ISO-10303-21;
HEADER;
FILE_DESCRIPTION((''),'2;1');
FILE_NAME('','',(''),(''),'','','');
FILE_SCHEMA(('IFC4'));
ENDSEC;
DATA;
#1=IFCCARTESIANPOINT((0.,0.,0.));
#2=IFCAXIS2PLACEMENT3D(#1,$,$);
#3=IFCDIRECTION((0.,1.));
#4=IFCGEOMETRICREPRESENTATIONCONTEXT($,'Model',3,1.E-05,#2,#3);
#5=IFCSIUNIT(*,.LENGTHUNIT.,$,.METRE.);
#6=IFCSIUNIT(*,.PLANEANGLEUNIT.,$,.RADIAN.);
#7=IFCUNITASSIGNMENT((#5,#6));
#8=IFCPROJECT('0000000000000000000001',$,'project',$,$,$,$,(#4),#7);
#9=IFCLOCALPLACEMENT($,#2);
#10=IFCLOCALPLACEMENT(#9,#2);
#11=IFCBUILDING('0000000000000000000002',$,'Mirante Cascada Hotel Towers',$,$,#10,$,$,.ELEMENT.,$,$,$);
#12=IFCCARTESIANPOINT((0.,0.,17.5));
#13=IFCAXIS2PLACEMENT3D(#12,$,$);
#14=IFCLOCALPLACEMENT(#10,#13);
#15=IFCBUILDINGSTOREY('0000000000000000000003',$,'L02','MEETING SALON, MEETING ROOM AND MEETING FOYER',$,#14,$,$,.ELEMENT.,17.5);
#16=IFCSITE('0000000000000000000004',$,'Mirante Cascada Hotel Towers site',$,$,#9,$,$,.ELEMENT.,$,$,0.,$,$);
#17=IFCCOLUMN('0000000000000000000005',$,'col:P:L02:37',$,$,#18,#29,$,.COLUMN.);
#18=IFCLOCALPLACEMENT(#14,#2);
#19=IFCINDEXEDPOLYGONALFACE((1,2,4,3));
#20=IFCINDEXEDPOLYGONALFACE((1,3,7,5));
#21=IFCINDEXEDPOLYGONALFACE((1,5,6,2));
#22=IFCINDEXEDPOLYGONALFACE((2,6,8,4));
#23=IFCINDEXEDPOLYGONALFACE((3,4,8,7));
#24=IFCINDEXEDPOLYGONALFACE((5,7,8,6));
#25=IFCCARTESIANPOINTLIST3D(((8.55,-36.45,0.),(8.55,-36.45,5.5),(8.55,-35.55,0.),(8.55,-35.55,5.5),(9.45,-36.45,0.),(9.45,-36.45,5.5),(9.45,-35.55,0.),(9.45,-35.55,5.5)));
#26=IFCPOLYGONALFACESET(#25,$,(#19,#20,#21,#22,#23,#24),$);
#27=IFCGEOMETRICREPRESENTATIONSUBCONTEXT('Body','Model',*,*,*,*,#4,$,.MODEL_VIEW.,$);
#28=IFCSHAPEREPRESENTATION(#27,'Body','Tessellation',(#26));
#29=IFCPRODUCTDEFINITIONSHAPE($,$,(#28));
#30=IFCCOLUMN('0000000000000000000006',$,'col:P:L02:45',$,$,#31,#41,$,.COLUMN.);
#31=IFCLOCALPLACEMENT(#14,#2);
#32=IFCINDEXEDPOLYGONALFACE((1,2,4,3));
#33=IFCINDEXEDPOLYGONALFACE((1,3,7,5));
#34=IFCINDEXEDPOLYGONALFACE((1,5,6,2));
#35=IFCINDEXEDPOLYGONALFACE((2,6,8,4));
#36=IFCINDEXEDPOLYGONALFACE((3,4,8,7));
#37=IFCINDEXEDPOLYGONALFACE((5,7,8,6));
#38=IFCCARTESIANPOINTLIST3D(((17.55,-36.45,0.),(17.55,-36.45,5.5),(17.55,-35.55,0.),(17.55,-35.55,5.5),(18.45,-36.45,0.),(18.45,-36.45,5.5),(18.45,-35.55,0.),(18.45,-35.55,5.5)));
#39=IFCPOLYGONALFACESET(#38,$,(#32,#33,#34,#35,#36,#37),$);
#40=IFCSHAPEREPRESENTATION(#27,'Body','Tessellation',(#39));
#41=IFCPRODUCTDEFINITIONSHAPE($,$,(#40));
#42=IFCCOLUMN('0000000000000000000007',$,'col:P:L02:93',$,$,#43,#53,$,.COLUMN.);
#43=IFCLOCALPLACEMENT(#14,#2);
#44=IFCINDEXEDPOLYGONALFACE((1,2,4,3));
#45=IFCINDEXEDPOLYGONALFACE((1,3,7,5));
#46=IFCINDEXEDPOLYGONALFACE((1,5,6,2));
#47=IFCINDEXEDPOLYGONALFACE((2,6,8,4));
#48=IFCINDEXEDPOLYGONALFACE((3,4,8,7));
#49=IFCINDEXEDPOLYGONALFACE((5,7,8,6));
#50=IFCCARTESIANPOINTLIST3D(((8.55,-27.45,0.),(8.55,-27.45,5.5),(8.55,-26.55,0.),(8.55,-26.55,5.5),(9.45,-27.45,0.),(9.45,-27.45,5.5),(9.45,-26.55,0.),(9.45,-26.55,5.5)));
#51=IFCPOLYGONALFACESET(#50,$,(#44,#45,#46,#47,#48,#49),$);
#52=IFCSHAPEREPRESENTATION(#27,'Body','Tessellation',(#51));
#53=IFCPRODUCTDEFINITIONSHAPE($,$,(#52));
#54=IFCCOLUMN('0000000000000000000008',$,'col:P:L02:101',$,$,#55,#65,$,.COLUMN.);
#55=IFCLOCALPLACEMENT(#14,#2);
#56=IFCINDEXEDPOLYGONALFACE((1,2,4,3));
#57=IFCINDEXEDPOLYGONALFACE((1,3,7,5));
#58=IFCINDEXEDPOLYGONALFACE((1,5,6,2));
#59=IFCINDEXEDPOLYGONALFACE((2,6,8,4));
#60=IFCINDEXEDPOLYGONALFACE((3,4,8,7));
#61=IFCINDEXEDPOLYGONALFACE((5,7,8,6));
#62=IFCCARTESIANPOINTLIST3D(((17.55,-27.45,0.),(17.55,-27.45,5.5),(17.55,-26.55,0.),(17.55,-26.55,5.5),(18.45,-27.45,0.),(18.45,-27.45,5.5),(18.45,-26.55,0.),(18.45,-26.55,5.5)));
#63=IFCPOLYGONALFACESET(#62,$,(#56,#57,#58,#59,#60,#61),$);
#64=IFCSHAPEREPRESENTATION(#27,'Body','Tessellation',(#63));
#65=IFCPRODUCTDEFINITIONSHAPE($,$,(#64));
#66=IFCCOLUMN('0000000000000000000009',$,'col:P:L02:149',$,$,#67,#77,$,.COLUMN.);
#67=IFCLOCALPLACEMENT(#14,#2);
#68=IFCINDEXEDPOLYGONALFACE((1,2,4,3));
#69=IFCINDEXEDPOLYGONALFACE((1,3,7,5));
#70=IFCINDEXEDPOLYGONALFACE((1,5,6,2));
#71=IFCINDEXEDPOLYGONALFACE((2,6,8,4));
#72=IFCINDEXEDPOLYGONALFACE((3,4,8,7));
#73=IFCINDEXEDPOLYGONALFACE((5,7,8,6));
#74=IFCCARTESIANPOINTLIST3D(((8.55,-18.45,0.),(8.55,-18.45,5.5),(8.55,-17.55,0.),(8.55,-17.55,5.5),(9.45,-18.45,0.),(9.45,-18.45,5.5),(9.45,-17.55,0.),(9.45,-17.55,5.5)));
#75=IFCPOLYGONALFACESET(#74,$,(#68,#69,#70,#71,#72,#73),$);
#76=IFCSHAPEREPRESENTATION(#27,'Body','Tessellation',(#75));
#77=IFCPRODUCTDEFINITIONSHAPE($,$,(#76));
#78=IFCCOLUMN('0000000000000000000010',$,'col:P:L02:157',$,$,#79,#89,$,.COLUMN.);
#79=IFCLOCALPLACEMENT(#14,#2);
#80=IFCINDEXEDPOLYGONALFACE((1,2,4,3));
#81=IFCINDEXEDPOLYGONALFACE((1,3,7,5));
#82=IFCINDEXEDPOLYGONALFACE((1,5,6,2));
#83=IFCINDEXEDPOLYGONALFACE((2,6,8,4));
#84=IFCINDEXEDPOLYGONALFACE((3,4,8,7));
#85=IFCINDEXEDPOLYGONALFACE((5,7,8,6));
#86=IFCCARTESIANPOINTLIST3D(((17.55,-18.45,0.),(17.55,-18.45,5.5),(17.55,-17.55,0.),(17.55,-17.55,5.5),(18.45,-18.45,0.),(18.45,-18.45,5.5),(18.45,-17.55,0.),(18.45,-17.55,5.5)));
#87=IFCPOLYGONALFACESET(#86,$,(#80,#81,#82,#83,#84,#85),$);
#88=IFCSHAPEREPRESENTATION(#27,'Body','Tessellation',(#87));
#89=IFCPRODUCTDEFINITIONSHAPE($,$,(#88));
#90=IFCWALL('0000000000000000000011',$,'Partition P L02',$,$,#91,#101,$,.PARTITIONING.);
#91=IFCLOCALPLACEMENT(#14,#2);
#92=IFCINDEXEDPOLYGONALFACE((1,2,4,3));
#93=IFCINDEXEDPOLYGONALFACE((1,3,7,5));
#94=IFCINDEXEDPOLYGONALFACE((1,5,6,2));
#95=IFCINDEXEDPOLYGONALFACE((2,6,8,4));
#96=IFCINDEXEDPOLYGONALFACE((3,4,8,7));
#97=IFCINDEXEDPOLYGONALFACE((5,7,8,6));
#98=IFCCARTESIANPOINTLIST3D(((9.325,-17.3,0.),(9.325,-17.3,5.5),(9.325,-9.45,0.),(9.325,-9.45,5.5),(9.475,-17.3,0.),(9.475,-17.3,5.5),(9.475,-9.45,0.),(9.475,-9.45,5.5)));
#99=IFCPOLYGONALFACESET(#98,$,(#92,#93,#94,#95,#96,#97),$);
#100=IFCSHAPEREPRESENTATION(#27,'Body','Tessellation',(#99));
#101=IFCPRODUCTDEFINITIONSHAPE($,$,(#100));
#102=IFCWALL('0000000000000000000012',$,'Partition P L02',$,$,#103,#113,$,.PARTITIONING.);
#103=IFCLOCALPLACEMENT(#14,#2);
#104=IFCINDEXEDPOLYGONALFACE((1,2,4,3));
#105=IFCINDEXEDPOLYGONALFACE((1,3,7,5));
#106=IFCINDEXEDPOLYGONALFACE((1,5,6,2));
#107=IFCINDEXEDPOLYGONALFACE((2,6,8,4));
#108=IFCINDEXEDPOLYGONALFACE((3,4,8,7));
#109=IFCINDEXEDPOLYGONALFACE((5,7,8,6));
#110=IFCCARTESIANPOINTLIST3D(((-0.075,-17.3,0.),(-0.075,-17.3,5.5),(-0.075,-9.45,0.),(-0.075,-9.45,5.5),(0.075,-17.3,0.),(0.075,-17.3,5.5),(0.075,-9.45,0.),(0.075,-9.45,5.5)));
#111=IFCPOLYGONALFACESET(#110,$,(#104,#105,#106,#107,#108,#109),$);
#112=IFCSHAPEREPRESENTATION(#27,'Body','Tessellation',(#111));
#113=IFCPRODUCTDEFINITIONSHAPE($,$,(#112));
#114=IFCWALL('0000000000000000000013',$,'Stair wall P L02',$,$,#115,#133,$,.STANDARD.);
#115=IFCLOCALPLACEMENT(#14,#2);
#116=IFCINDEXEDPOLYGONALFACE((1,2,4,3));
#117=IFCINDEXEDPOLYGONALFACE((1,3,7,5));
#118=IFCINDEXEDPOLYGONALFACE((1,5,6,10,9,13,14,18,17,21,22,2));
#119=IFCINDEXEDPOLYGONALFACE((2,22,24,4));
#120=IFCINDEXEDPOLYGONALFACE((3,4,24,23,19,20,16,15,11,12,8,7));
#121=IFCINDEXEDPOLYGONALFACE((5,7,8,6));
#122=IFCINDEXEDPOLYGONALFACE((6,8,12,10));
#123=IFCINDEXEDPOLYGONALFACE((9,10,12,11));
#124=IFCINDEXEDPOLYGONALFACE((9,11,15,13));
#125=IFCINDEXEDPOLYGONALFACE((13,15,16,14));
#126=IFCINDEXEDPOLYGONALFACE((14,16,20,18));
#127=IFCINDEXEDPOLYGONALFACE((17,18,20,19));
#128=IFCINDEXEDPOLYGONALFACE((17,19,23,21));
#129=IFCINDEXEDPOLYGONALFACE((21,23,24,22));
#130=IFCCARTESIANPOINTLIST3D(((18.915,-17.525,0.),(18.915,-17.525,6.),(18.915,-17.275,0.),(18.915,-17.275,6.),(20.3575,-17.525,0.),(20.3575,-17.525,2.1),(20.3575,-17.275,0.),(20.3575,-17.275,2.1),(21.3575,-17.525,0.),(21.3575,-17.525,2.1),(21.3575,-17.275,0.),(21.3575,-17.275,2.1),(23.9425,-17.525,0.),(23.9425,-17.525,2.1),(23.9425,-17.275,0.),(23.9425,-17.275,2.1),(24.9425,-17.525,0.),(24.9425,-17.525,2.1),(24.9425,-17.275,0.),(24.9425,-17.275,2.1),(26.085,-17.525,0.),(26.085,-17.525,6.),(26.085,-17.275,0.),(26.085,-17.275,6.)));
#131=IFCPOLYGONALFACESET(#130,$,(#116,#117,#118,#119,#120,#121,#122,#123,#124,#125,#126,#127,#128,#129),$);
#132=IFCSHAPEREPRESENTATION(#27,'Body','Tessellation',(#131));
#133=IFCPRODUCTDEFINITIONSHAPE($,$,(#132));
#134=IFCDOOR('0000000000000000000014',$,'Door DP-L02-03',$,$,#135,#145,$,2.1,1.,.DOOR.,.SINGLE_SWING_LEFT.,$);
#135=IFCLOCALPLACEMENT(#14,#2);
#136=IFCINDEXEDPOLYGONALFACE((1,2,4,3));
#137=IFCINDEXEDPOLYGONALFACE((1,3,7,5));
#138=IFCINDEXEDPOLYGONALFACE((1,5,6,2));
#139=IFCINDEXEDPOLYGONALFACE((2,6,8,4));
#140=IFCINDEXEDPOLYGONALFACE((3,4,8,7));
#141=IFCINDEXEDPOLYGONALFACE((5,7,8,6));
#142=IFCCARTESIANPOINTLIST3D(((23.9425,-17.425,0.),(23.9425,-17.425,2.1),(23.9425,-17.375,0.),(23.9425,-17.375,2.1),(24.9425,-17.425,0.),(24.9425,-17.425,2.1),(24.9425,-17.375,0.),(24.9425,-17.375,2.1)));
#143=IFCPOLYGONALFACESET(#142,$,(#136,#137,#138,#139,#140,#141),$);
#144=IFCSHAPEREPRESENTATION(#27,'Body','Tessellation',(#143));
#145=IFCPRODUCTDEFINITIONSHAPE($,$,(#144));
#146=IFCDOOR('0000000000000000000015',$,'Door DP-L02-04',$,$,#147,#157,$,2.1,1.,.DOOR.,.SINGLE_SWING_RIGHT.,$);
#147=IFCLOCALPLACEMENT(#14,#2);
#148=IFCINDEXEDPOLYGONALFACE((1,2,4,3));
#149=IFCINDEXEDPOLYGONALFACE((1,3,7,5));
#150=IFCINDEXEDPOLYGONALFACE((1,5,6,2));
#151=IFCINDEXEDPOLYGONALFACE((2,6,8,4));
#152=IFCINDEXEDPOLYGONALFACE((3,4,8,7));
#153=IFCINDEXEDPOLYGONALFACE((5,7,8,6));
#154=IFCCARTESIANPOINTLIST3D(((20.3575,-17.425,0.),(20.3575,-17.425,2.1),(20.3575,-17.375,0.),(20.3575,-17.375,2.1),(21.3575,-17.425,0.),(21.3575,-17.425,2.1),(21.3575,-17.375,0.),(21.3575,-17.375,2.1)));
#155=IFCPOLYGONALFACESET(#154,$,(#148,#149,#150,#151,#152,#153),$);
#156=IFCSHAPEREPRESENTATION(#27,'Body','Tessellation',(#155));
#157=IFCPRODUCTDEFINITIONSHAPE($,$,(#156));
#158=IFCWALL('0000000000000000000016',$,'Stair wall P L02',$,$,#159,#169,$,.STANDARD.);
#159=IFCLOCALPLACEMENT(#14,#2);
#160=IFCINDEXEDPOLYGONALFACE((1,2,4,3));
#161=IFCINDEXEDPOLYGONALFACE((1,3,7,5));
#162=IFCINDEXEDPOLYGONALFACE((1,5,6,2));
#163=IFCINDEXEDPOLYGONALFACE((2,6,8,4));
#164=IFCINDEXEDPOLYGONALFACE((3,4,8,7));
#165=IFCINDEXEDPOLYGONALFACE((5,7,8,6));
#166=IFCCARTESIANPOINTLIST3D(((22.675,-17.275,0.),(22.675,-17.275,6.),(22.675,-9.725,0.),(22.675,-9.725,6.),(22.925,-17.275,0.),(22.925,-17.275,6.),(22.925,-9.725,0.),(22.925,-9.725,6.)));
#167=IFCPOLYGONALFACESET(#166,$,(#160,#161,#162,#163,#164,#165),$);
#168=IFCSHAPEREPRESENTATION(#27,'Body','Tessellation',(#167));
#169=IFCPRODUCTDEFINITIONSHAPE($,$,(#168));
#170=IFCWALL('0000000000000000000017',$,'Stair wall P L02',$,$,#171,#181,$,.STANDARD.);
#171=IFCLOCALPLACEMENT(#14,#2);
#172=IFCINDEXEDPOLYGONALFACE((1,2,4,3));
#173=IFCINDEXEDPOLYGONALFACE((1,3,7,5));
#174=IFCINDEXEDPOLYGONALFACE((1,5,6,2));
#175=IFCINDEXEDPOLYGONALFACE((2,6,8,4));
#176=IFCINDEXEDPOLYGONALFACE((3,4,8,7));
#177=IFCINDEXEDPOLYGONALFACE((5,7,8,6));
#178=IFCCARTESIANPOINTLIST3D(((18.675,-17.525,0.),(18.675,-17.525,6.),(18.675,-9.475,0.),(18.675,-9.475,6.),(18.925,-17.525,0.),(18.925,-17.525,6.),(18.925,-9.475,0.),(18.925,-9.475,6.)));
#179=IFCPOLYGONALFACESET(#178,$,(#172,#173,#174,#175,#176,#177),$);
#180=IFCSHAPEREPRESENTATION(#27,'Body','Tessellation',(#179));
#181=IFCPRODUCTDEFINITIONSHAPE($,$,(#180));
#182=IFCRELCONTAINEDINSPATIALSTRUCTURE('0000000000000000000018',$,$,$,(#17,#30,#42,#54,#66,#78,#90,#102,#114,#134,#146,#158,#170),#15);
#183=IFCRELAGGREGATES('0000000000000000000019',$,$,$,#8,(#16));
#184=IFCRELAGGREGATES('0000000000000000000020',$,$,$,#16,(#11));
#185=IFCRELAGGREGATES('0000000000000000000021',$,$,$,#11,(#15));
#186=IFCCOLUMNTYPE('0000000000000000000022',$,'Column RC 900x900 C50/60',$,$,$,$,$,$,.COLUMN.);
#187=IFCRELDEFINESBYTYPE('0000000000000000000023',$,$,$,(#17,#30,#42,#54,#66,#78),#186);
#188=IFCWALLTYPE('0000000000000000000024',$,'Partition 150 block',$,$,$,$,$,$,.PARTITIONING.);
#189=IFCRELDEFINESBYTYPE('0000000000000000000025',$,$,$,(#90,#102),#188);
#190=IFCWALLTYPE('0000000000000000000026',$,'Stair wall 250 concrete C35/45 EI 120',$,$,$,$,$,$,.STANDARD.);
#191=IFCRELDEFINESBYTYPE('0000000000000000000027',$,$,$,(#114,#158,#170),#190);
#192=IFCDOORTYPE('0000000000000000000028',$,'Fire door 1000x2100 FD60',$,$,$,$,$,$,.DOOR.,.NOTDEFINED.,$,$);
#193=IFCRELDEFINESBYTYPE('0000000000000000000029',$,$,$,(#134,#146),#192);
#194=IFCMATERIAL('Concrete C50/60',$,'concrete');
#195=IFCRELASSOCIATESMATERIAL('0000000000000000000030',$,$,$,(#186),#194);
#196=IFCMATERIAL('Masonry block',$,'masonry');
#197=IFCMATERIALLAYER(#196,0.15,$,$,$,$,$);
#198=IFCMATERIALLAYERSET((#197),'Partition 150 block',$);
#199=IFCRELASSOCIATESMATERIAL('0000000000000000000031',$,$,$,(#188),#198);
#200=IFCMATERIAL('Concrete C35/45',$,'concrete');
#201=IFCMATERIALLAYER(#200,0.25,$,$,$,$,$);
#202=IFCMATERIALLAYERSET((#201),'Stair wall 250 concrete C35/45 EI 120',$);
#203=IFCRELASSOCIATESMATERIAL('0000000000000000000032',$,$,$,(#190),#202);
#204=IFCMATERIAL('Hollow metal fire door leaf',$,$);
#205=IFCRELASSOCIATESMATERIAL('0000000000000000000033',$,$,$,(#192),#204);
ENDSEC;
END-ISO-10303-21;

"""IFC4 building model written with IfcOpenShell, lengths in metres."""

from ifc_helpers import new_model, si_unit, direction, frame, frame_2d, origin, origin_2d, place, context, subcontext, project, spatial, rectangle, extrude, material, layer, layer_set, material_profile, profile_set, type_object, element, fill, save


model = new_model("IFC4")

# Units and contexts
model_context = context("Model", 3, precision=1e-05, world=origin(), true_north=direction((0.0, 1.0)))
body_context = subcontext(model_context, "Body", "Model", "MODEL_VIEW")
ifc_project = project(units=[si_unit("LENGTHUNIT", "METRE"), si_unit("PLANEANGLEUNIT", "RADIAN")], contexts=[model_context])

# Site, building, storey
site_placement = place(None, origin())
site = spatial("IfcSite", under=ifc_project, at=site_placement, Name="Mirante Cascada Hotel Towers site", CompositionType="ELEMENT", RefElevation=0.0)
building_placement = place(site_placement, origin())
building = spatial("IfcBuilding", under=site, at=building_placement, Name="Mirante Cascada Hotel Towers", CompositionType="ELEMENT")
storey_placement = place(building_placement, frame((0.0, 0.0, 17.5)))
storey = spatial("IfcBuildingStorey", under=building, at=storey_placement, Name="L02", Description="MEETING SALON, MEETING ROOM AND MEETING FOYER", CompositionType="ELEMENT", Elevation=17.5)

# Columns
ifc_material_1 = material(Name="Concrete C50/60", Category="concrete")
ifc_material_profile = material_profile(ifc_material_1, rectangle(XDim=0.9, YDim=0.9, at=origin_2d()), Name="RC 900x900")
ifc_profile_set = profile_set([ifc_material_profile], Name="Concrete C50/60")
column_type = type_object("IfcColumnType", Name="Column RC 900x900 C50/60", PredefinedType="COLUMN", material=ifc_profile_set)
for number, where, z_axis, x_axis, name in (
    (1, (9.0, -36.0, 0.0), (0.0, 0.0, 1.0), (1.0, 0.0, 0.0), "col:P:L02:37"),
    (2, (18.0, -36.0, 0.0), (0.0, 0.0, 1.0), (1.0, 0.0, 0.0), "col:P:L02:45"),
    (3, (9.0, -27.0, 0.0), (0.0, 0.0, 1.0), (1.0, 0.0, 0.0), "col:P:L02:93"),
    (4, (18.0, -27.0, 0.0), (0.0, 0.0, 1.0), (1.0, 0.0, 0.0), "col:P:L02:101"),
    (5, (9.0, -18.0, 0.0), (0.0, 0.0, 1.0), (1.0, 0.0, 0.0), "col:P:L02:149"),
    (6, (18.0, -18.0, 0.0), (0.0, 0.0, 1.0), (1.0, 0.0, 0.0), "col:P:L02:157"),
):
    element("IfcColumn", number, at=place(storey_placement, frame(where, z_axis=z_axis, x_axis=x_axis)), inside=storey, type_object=column_type, Name=name, PredefinedType="COLUMN", context=body_context, shape_type="SweptSolid", body=[
        extrude(rectangle(XDim=0.9, YDim=0.9, at=origin_2d()), origin(), (0.0, 0.0, 1.0), 5.5),
    ])

# Walls
ifc_material_2 = material(Name="Masonry block", Category="masonry")
ifc_layer_1 = layer(ifc_material_2, 0.15)
ifc_layer_set_1 = layer_set([ifc_layer_1], Name="Partition 150 block")
wall_type_1 = type_object("IfcWallType", Name="Partition 150 block", PredefinedType="PARTITIONING", material=ifc_layer_set_1)
for number, where, z_axis, x_axis, name in (
    (7, (9.4, -17.3, 0.0), (0.0, 0.0, 1.0), (0.0, 1.0, 0.0), "Partition P L02"),
    (8, (0.0, -17.3, 0.0), (0.0, 0.0, 1.0), (0.0, 1.0, 0.0), "Partition P L02"),
):
    element("IfcWall", number, at=place(storey_placement, frame(where, z_axis=z_axis, x_axis=x_axis)), inside=storey, type_object=wall_type_1, Name=name, PredefinedType="PARTITIONING", context=body_context, shape_type="SweptSolid", body=[
        extrude(rectangle(XDim=7.85, YDim=0.15, at=frame_2d((3.925, 0.0))), origin(), (0.0, 0.0, 1.0), 5.5),
    ])

# Wall, openings, doors
ifc_material_3 = material(Name="Concrete C35/45", Category="concrete")
ifc_layer_2 = layer(ifc_material_3, 0.25)
ifc_layer_set_2 = layer_set([ifc_layer_2], Name="Stair wall 250 concrete C35/45 EI 120")
wall_type_2 = type_object("IfcWallType", Name="Stair wall 250 concrete C35/45 EI 120", PredefinedType="STANDARD", material=ifc_layer_set_2)
wall_1_placement = place(storey_placement, frame((18.915, -17.4, 0.0), z_axis=(0.0, 0.0, 1.0), x_axis=(1.0, 0.0, 0.0)))
wall_1 = element("IfcWall", 9, at=wall_1_placement, inside=storey, type_object=wall_type_2, Name="Stair wall P L02", PredefinedType="STANDARD", context=body_context, shape_type="SweptSolid", body=[
    extrude(rectangle(XDim=7.17, YDim=0.25, at=frame_2d((3.585, 0.0))), origin(), (0.0, 0.0, 1.0), 6.0),
])
opening_1_placement = place(wall_1_placement, frame((5.0275, 0.0, 0.0)))
opening_1 = element("IfcOpeningElement", 10, at=opening_1_placement, cuts=wall_1, PredefinedType="OPENING", context=body_context, shape_type="SweptSolid", body=[
    extrude(rectangle(XDim=1.0, YDim=2.1, at=frame_2d((0.5, 1.05))), frame((0.0, 0.125, 0.0), z_axis=(0.0, -1.0, 0.0), x_axis=(1.0, 0.0, 0.0)), (0.0, 0.0, 1.0), 0.25),
])
opening_2_placement = place(wall_1_placement, frame((1.4425, 0.0, 0.0)))
opening_2 = element("IfcOpeningElement", 11, at=opening_2_placement, cuts=wall_1, PredefinedType="OPENING", context=body_context, shape_type="SweptSolid", body=[
    extrude(rectangle(XDim=1.0, YDim=2.1, at=frame_2d((0.5, 1.05))), frame((0.0, 0.125, 0.0), z_axis=(0.0, -1.0, 0.0), x_axis=(1.0, 0.0, 0.0)), (0.0, 0.0, 1.0), 0.25),
])
ifc_material_4 = material(Name="Hollow metal fire door leaf")
door_type_1 = type_object("IfcDoorType", Name="Fire door 1000x2100 FD60", OperationType="NOTDEFINED", PredefinedType="DOOR", material=ifc_material_4)
door_1_placement = place(opening_1_placement, origin())
door_1 = element("IfcDoor", 12, at=door_1_placement, inside=storey, type_object=door_type_1, Name="Door DP-L02-03", OperationType="SINGLE_SWING_LEFT", OverallHeight=2.1, OverallWidth=1.0, PredefinedType="DOOR", context=body_context, shape_type="SweptSolid", body=[
    extrude(rectangle(XDim=1.0, YDim=2.1, at=frame_2d((0.5, 1.05))), frame((0.0, 0.025, 0.0), z_axis=(0.0, -1.0, 0.0), x_axis=(1.0, 0.0, 0.0)), (0.0, 0.0, 1.0), 0.05),
])
fill(opening_1, door_1)
door_2_placement = place(opening_2_placement, origin())
door_2 = element("IfcDoor", 13, at=door_2_placement, inside=storey, type_object=door_type_1, Name="Door DP-L02-04", OperationType="SINGLE_SWING_RIGHT", OverallHeight=2.1, OverallWidth=1.0, PredefinedType="DOOR", context=body_context, shape_type="SweptSolid", body=[
    extrude(rectangle(XDim=1.0, YDim=2.1, at=frame_2d((0.5, 1.05))), frame((0.0, 0.025, 0.0), z_axis=(0.0, -1.0, 0.0), x_axis=(1.0, 0.0, 0.0)), (0.0, 0.0, 1.0), 0.05),
])
fill(opening_2, door_2)

# Walls
wall_2_placement = place(storey_placement, frame((22.8, -17.275, 0.0), z_axis=(0.0, 0.0, 1.0), x_axis=(0.0, 1.0, 0.0)))
element("IfcWall", 14, at=wall_2_placement, inside=storey, type_object=wall_type_2, Name="Stair wall P L02", PredefinedType="STANDARD", context=body_context, shape_type="SweptSolid", body=[
    extrude(rectangle(XDim=7.55, YDim=0.25, at=frame_2d((3.775, 0.0))), origin(), (0.0, 0.0, 1.0), 6.0),
])
wall_3_placement = place(storey_placement, frame((18.8, -17.525, 0.0), z_axis=(0.0, 0.0, 1.0), x_axis=(0.0, 1.0, 0.0)))
element("IfcWall", 15, at=wall_3_placement, inside=storey, type_object=wall_type_2, Name="Stair wall P L02", PredefinedType="STANDARD", context=body_context, shape_type="SweptSolid", body=[
    extrude(rectangle(XDim=8.05, YDim=0.25, at=frame_2d((4.025, 0.0))), origin(), (0.0, 0.0, 1.0), 6.0),
])

save(model, "model.ifc")
